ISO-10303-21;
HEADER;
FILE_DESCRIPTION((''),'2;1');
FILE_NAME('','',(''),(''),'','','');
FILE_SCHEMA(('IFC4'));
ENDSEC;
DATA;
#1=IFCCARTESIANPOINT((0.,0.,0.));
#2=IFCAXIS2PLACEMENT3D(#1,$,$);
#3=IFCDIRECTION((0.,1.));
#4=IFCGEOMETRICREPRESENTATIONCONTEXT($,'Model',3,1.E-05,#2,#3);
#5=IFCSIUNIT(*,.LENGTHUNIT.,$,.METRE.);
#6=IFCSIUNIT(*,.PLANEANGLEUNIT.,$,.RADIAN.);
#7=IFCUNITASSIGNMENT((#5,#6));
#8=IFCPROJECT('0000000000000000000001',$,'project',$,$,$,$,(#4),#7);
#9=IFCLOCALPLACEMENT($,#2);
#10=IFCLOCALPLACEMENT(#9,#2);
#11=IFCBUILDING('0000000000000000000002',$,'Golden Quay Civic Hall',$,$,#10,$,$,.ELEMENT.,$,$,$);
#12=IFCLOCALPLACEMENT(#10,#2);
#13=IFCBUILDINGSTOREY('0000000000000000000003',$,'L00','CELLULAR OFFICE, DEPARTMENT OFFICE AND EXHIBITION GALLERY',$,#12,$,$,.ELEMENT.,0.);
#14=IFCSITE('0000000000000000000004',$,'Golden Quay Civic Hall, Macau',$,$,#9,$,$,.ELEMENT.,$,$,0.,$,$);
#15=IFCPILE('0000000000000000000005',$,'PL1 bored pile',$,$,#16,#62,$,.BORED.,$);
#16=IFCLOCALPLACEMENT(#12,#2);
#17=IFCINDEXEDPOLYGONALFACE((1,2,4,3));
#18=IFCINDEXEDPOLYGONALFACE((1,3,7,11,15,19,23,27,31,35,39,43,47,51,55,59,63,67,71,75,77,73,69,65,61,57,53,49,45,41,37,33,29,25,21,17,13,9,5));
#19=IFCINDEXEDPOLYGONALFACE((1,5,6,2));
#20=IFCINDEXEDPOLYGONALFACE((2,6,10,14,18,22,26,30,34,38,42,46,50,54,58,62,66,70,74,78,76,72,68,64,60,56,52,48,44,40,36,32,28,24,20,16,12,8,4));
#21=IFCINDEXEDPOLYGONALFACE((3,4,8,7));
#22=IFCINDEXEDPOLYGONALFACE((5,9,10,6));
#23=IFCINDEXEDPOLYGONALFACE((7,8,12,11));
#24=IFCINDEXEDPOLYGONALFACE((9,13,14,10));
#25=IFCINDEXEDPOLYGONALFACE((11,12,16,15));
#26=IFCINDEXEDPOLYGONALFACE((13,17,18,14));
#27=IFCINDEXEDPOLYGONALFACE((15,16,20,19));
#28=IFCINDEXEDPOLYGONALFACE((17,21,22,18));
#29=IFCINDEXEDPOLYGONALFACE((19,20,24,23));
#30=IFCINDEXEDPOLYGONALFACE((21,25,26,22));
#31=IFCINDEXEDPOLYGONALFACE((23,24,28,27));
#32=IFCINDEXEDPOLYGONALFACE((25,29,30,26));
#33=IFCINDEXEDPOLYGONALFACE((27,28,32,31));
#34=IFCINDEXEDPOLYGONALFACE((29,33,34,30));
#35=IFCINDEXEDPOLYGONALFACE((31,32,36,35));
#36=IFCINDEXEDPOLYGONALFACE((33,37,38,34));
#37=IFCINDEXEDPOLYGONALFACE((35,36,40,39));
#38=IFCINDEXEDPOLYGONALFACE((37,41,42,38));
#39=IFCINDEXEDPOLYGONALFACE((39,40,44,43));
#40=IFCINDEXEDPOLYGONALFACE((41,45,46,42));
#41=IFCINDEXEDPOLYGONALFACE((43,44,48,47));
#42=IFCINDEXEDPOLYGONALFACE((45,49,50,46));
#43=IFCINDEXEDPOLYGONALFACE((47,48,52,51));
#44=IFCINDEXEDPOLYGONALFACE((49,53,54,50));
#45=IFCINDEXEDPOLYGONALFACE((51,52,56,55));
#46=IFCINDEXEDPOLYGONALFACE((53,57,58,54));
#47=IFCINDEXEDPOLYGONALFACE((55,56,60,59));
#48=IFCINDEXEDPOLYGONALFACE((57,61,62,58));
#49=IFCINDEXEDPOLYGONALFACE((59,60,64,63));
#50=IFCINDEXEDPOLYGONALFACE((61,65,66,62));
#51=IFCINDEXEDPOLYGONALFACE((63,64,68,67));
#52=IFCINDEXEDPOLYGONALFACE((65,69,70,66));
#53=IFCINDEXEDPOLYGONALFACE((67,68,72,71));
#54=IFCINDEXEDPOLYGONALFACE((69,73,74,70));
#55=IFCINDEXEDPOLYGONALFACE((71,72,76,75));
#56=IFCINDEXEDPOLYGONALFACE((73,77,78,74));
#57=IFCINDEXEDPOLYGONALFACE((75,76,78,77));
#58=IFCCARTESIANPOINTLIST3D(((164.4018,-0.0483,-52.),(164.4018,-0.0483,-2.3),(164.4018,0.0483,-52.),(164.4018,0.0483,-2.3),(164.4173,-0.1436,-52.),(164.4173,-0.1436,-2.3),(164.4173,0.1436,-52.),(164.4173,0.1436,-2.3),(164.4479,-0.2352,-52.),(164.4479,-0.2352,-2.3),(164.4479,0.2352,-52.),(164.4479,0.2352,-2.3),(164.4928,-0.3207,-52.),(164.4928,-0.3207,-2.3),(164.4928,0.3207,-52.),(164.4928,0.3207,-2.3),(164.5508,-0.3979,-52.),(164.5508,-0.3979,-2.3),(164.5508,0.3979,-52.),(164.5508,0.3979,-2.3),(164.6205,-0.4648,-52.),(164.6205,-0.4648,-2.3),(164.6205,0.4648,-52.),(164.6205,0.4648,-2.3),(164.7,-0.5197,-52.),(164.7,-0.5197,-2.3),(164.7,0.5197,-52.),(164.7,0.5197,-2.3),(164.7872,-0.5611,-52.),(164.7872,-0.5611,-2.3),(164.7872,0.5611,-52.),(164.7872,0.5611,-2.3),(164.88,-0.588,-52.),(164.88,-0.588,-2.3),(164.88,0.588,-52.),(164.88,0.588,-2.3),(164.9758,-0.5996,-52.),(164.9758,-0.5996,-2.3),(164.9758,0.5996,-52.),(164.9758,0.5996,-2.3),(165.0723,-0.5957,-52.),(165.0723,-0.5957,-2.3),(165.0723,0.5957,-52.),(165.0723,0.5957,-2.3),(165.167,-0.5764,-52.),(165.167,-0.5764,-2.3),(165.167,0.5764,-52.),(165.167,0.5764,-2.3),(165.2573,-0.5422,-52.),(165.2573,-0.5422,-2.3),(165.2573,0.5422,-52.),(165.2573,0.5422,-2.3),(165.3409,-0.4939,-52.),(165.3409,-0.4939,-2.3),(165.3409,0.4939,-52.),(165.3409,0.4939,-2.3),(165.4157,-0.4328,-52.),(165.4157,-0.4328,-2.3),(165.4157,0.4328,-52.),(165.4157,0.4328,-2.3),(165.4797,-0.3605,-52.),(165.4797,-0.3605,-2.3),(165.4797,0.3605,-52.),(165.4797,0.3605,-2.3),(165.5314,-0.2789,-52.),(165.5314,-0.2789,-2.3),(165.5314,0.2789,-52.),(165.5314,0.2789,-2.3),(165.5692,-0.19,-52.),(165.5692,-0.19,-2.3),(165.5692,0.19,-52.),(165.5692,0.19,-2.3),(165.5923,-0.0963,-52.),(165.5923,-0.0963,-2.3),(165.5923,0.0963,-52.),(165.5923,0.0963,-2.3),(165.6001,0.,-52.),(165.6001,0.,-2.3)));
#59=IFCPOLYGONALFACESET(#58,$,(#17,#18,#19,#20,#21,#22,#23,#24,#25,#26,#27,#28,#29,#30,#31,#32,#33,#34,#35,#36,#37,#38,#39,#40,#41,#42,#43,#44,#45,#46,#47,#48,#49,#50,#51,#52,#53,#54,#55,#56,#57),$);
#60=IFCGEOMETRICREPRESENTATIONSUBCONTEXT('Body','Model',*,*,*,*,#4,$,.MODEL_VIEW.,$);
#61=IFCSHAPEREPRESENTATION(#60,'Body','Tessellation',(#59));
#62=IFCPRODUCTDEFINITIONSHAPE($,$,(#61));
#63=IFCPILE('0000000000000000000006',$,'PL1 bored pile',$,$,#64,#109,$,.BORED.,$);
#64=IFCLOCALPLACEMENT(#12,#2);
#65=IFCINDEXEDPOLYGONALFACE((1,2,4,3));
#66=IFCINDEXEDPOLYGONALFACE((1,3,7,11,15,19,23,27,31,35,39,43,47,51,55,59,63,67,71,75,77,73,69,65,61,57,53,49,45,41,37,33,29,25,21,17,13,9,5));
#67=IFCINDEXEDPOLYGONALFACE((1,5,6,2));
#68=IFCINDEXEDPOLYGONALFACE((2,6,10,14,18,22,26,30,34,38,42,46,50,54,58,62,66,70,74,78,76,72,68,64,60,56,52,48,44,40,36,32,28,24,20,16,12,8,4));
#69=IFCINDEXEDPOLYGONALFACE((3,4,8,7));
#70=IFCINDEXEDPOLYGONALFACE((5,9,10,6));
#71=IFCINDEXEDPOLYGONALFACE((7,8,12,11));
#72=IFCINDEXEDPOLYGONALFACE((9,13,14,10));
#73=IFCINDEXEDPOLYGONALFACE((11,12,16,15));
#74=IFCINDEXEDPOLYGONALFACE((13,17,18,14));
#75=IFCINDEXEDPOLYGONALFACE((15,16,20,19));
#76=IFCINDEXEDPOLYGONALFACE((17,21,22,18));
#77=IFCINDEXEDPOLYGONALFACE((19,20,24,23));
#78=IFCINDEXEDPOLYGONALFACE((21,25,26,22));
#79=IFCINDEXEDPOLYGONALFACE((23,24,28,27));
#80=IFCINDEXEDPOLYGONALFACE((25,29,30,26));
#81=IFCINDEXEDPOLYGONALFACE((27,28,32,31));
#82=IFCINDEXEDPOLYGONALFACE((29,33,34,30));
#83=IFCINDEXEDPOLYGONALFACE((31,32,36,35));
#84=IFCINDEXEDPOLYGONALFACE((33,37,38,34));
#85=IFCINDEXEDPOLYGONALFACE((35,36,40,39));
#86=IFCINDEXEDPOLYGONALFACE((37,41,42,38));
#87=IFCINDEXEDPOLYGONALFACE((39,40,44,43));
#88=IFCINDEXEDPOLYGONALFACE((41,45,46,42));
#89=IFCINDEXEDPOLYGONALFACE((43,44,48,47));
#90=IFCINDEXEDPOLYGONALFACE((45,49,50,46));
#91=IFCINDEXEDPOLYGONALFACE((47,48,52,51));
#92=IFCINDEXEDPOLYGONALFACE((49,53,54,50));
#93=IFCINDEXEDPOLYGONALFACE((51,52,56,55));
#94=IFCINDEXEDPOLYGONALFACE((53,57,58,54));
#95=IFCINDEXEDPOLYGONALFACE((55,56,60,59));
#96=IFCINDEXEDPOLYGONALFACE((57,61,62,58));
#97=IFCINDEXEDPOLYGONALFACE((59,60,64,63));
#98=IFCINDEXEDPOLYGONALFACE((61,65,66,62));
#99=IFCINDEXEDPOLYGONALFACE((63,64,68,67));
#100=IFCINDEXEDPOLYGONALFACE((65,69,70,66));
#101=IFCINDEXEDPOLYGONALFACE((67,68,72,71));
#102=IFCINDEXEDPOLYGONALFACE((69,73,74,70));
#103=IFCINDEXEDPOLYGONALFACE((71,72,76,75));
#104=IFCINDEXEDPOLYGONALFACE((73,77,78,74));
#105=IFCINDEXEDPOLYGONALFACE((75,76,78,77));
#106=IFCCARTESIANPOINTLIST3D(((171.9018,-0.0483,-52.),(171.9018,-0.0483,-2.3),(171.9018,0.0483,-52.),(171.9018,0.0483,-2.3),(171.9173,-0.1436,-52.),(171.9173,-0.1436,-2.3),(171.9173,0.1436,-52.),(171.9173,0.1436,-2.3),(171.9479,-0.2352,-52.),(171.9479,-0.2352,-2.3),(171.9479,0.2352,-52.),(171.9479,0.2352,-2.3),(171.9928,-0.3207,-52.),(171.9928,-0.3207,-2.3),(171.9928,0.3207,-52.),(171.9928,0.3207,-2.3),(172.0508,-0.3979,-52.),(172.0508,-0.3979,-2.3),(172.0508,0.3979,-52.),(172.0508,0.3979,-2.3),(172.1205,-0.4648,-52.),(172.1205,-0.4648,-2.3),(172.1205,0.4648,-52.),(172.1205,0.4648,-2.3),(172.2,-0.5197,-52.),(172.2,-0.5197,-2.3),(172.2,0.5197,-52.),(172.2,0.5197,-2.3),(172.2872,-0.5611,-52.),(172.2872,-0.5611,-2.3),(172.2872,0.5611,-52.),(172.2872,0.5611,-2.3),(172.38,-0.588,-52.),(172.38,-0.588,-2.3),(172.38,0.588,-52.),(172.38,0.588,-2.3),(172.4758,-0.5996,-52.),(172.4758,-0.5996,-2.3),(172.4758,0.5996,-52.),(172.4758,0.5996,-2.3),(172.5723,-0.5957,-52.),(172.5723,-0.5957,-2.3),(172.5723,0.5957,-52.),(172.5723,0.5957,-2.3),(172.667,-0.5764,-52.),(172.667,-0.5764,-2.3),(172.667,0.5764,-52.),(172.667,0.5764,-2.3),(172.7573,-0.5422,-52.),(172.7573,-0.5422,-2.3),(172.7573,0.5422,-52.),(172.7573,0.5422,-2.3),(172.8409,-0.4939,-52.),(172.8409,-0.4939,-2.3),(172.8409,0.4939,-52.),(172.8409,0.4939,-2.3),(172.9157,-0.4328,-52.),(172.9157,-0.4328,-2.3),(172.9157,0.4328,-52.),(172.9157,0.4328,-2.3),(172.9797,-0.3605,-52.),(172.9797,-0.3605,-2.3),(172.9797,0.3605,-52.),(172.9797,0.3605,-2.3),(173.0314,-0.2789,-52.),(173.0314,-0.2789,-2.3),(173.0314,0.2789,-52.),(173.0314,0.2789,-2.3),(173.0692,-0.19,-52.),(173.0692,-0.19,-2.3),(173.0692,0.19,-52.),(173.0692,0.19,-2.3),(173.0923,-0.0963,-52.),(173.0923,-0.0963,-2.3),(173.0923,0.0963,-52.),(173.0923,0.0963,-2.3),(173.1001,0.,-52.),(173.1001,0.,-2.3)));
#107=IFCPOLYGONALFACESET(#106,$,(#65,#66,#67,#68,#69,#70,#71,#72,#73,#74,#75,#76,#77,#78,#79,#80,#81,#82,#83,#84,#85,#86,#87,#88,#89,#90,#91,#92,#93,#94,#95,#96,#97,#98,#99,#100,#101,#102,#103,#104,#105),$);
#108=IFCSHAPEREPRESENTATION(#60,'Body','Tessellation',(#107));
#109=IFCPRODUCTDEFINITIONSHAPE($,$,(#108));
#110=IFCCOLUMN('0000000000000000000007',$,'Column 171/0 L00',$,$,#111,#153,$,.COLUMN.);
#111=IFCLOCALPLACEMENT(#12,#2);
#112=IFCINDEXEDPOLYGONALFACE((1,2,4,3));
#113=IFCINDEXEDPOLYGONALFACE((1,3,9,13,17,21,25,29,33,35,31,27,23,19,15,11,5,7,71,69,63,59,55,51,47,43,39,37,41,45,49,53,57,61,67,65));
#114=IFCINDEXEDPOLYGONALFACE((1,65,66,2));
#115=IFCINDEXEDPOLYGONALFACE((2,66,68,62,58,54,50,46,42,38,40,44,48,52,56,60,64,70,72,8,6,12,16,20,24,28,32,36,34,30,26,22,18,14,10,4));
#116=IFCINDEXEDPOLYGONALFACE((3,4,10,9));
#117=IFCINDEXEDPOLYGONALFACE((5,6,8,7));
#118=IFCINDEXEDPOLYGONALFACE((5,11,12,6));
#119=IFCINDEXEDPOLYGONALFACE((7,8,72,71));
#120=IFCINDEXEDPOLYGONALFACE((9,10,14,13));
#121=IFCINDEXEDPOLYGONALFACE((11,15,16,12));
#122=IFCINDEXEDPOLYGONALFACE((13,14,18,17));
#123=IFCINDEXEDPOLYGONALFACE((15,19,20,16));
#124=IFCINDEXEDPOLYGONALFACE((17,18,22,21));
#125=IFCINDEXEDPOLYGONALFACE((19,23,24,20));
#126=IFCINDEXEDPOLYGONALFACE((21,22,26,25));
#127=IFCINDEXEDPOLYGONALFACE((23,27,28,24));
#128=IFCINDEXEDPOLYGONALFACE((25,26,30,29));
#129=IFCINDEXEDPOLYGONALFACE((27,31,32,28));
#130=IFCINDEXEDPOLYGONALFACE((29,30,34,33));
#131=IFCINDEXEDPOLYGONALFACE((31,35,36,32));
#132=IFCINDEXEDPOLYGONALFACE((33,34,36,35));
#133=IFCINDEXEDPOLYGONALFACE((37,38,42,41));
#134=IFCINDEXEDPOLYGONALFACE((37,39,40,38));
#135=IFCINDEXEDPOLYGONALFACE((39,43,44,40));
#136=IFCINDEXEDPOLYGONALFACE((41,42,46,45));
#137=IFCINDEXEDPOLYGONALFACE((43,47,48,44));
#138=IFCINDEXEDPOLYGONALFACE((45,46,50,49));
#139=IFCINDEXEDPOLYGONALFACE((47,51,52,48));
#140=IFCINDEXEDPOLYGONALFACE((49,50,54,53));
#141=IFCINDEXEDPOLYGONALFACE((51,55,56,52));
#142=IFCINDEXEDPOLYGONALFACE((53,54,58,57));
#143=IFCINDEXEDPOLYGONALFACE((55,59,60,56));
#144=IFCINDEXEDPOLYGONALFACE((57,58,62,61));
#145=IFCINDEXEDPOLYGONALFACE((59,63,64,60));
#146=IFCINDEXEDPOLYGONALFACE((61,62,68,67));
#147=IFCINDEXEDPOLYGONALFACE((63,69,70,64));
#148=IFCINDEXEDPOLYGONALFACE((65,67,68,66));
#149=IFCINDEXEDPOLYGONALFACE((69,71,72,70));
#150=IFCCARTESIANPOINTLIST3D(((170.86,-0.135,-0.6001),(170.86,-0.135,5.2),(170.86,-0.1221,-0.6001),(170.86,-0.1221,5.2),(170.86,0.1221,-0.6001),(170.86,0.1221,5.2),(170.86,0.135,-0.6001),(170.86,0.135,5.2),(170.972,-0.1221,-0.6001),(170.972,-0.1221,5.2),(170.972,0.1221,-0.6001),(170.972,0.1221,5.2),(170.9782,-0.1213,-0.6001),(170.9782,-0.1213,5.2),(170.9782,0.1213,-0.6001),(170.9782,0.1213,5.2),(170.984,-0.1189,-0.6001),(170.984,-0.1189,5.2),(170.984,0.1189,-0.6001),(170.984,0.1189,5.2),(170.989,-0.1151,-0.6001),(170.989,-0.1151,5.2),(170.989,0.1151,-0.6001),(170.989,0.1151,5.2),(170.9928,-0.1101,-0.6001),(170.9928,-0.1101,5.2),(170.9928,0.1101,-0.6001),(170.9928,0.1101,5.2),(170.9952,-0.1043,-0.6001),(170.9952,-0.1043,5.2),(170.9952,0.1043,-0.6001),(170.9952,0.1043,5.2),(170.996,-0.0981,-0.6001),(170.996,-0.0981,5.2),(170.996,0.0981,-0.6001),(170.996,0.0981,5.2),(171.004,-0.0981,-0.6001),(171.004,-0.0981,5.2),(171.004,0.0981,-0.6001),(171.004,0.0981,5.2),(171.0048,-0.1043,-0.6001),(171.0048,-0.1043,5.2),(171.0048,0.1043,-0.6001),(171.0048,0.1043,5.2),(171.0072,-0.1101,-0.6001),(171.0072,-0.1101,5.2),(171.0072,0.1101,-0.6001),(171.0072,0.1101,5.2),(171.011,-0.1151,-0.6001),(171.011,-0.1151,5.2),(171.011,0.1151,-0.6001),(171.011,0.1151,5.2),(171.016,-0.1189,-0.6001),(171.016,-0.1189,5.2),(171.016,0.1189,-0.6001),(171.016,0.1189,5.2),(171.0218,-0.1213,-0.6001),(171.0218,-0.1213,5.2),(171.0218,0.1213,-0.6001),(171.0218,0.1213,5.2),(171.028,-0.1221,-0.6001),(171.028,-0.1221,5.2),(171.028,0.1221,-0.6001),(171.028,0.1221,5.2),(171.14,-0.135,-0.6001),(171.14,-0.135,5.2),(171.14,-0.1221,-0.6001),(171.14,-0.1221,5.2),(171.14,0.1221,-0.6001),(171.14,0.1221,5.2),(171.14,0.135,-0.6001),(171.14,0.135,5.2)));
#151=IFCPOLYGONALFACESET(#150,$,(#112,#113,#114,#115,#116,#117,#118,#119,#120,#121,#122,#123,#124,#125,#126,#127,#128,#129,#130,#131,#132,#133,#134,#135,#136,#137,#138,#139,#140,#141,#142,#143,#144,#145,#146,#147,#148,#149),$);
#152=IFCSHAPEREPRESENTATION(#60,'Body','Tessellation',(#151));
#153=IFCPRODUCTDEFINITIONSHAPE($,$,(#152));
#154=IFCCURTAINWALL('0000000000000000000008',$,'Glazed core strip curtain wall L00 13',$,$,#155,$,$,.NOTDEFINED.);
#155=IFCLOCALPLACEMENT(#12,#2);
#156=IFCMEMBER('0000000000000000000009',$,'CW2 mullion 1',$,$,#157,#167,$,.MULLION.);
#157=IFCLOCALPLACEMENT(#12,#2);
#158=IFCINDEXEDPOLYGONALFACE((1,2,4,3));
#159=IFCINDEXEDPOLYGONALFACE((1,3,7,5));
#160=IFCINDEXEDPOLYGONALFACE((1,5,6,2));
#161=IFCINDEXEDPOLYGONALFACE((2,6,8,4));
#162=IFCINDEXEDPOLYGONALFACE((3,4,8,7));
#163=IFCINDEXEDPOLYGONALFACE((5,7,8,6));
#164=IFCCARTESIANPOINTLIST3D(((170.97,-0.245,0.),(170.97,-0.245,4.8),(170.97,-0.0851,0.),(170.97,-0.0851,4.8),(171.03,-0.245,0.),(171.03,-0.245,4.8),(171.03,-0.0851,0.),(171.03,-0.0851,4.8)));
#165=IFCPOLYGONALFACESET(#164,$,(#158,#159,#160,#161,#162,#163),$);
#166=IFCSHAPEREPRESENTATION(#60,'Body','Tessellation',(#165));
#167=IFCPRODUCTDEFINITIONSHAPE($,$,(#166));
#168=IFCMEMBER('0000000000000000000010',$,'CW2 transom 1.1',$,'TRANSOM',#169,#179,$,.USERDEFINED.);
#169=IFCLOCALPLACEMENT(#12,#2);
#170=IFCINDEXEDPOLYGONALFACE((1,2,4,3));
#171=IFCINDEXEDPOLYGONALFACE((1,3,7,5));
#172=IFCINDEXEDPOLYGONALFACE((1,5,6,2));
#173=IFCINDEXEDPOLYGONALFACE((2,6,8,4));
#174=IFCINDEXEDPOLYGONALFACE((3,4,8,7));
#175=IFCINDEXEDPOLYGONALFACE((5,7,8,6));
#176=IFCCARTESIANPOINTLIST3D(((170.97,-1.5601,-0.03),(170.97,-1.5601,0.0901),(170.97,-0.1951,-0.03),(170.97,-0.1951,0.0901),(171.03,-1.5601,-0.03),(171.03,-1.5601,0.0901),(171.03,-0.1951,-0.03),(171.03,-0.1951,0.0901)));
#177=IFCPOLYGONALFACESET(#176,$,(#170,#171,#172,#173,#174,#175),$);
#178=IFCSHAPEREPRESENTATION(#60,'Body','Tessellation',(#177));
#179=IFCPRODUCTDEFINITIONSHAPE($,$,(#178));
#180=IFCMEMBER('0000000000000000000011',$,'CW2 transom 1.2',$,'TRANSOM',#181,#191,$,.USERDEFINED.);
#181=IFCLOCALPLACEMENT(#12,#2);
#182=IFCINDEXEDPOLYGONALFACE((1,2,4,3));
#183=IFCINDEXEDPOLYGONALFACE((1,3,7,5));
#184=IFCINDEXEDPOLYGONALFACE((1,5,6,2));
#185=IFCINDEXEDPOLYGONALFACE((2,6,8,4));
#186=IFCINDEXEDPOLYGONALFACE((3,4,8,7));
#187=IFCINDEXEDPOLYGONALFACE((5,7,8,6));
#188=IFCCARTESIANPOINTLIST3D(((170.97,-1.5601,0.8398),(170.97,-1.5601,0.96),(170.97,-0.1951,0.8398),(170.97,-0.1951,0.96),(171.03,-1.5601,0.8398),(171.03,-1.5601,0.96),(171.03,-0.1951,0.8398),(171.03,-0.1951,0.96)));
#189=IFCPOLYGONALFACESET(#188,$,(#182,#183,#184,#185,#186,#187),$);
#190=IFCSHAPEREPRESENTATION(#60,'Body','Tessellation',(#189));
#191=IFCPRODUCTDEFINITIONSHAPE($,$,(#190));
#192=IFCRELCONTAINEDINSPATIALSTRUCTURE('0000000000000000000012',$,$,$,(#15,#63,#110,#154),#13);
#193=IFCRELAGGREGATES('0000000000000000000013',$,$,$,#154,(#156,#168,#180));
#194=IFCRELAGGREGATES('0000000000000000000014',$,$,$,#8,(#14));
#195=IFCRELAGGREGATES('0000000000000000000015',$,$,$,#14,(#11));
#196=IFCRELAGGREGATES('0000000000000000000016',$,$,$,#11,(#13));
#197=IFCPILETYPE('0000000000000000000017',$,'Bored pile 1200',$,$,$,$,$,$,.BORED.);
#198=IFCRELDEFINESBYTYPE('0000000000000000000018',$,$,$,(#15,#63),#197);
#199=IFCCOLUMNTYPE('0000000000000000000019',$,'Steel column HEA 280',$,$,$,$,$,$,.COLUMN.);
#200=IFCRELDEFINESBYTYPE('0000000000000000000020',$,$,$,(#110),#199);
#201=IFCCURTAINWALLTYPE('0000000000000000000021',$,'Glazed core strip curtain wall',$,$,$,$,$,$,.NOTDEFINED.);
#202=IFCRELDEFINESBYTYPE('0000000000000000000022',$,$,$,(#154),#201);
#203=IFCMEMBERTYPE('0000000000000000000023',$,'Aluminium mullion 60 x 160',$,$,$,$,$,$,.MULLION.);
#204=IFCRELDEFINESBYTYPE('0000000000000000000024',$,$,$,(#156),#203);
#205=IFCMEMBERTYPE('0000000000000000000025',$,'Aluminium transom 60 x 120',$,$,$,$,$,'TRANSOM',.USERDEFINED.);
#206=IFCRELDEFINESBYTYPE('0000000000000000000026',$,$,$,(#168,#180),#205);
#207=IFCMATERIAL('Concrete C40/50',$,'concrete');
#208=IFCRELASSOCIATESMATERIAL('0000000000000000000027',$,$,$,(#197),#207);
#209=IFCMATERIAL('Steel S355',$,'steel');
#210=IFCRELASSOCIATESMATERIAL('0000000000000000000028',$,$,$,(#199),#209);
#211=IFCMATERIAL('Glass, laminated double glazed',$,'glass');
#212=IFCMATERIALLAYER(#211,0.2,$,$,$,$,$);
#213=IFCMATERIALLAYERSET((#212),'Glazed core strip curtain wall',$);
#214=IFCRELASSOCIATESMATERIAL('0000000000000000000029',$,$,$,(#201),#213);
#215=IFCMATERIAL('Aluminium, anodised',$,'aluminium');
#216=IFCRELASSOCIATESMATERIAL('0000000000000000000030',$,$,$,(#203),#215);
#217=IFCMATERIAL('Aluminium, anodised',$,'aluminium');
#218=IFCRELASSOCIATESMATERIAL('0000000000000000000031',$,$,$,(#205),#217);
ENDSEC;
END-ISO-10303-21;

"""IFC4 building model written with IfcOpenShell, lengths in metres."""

from ifc_helpers import new_model, si_unit, direction, frame, origin, origin_2d, place, context, subcontext, project, spatial, rectangle, circle, i_section, extrude, material, layer, layer_set, material_profile, profile_set, type_object, element, aggregate, save


model = new_model("IFC4")

# Units and contexts
model_context = context("Model", 3, precision=1e-05, world=origin(), true_north=direction((0.0, 1.0)))
body_context = subcontext(model_context, "Body", "Model", "MODEL_VIEW")
ifc_project = project(units=[si_unit("LENGTHUNIT", "METRE"), si_unit("PLANEANGLEUNIT", "RADIAN")], contexts=[model_context])

# Site, building, storey
site_placement = place(None, origin())
site = spatial("IfcSite", under=ifc_project, at=site_placement, Name="Golden Quay Civic Hall, Macau", CompositionType="ELEMENT", RefElevation=0.0)
building_placement = place(site_placement, origin())
building = spatial("IfcBuilding", under=site, at=building_placement, Name="Golden Quay Civic Hall", CompositionType="ELEMENT")
storey_placement = place(building_placement, origin())
storey = spatial("IfcBuildingStorey", under=building, at=storey_placement, Name="L00", Description="CELLULAR OFFICE, DEPARTMENT OFFICE AND EXHIBITION GALLERY", CompositionType="ELEMENT", Elevation=0.0)

# Piles
ifc_material_1 = material(Name="Concrete C40/50", Category="concrete")
ifc_material_profile_1 = material_profile(ifc_material_1, circle(Radius=0.6001, at=origin_2d()), Name="RC D1200")
ifc_profile_set_1 = profile_set([ifc_material_profile_1], Name="Concrete C40/50")
pile_type = type_object("IfcPileType", Name="Bored pile 1200", PredefinedType="BORED", material=ifc_profile_set_1)
for number, where, z_axis, x_axis, name in (
    (1, (165.0, 0.0, -2.3), (0.0, 0.0, -1.0), (1.0, 0.0, 0.0), "PL1 bored pile"),
    (2, (172.5, 0.0, -2.3), (0.0, 0.0, -1.0), (1.0, 0.0, 0.0), "PL1 bored pile"),
):
    element("IfcPile", number, at=place(storey_placement, frame(where, z_axis=z_axis, x_axis=x_axis)), inside=storey, type_object=pile_type, Name=name, PredefinedType="BORED", context=body_context, shape_type="SweptSolid", body=[
        extrude(circle(Radius=0.6001, at=origin_2d()), origin(), (0.0, 0.0, 1.0), 49.7),
    ])

# Column
ifc_material_2 = material(Name="Steel S355", Category="steel")
ifc_material_profile_2 = material_profile(ifc_material_2, i_section(OverallWidth=0.28, OverallDepth=0.27, WebThickness=0.0081, FlangeThickness=0.0129, FilletRadius=0.0239, at=origin_2d()), Name="HEA 280")
ifc_profile_set_2 = profile_set([ifc_material_profile_2], Name="Steel S355")
column_type = type_object("IfcColumnType", Name="Steel column HEA 280", PredefinedType="COLUMN", material=ifc_profile_set_2)
column_placement = place(storey_placement, frame((171.0, 0.0, -0.6001), z_axis=(0.0, 0.0, 1.0), x_axis=(1.0, 0.0, 0.0)))
element("IfcColumn", 3, at=column_placement, inside=storey, type_object=column_type, Name="Column 171/0 L00", PredefinedType="COLUMN", context=body_context, shape_type="SweptSolid", body=[
    extrude(i_section(OverallWidth=0.28, OverallDepth=0.27, WebThickness=0.0081, FlangeThickness=0.0129, FilletRadius=0.0239, at=origin_2d()), origin(), (0.0, 0.0, 1.0), 5.8),
])

# Curtain wall, members
ifc_material_3 = material(Name="Glass, laminated double glazed", Category="glass")
ifc_layer_1 = layer(ifc_material_3, 0.2)
ifc_layer_set_1 = layer_set([ifc_layer_1], Name="Glazed core strip curtain wall")
curtain_wall_type = type_object("IfcCurtainWallType", Name="Glazed core strip curtain wall", PredefinedType="NOTDEFINED", material=ifc_layer_set_1)
curtain_wall_placement = place(storey_placement, origin())
curtain_wall = element("IfcCurtainWall", 4, at=curtain_wall_placement, inside=storey, type_object=curtain_wall_type, Name="Glazed core strip curtain wall L00 13", PredefinedType="NOTDEFINED")
ifc_material_4 = material(Name="Aluminium, anodised", Category="aluminium")
ifc_material_profile_3 = material_profile(ifc_material_4, rectangle(XDim=0.0601, YDim=0.1599, at=origin_2d()), Name="Aluminium 60 x 160")
ifc_profile_set_3 = profile_set([ifc_material_profile_3], Name="Aluminium, anodised")
member_type_1 = type_object("IfcMemberType", Name="Aluminium mullion 60 x 160", PredefinedType="MULLION", material=ifc_profile_set_3)
member_1_placement = place(storey_placement, frame((171.0, -0.165, 0.0), z_axis=(0.0, 0.0, 1.0), x_axis=(1.0, 0.0, 0.0)))
member_1 = element("IfcMember", 5, at=member_1_placement, type_object=member_type_1, Name="CW2 mullion 1", PredefinedType="MULLION", context=body_context, shape_type="SweptSolid", body=[
    extrude(rectangle(XDim=0.0601, YDim=0.1599, at=origin_2d()), origin(), (0.0, 0.0, 1.0), 4.8),
])
ifc_material_5 = material(Name="Aluminium, anodised", Category="aluminium")
ifc_material_profile_4 = material_profile(ifc_material_5, rectangle(XDim=0.0601, YDim=0.1201, at=origin_2d()), Name="Aluminium 60 x 120")
ifc_profile_set_4 = profile_set([ifc_material_profile_4], Name="Aluminium, anodised")
member_type_2 = type_object("IfcMemberType", Name="Aluminium transom 60 x 120", ElementType="TRANSOM", PredefinedType="USERDEFINED", material=ifc_profile_set_4)
member_2_placement = place(storey_placement, frame((171.0, -0.1951, 0.03), z_axis=(0.0, -1.0, 0.0), x_axis=(1.0, 0.0, 0.0)))
member_2 = element("IfcMember", 6, at=member_2_placement, type_object=member_type_2, Name="CW2 transom 1.1", ObjectType="TRANSOM", PredefinedType="USERDEFINED", context=body_context, shape_type="SweptSolid", body=[
    extrude(rectangle(XDim=0.0601, YDim=0.1201, at=origin_2d()), origin(), (0.0, 0.0, 1.0), 1.365),
])
member_3_placement = place(storey_placement, frame((171.0, -0.1951, 0.8999), z_axis=(0.0, -1.0, 0.0), x_axis=(1.0, 0.0, 0.0)))
member_3 = element("IfcMember", 7, at=member_3_placement, type_object=member_type_2, Name="CW2 transom 1.2", ObjectType="TRANSOM", PredefinedType="USERDEFINED", context=body_context, shape_type="SweptSolid", body=[
    extrude(rectangle(XDim=0.0601, YDim=0.1201, at=origin_2d()), origin(), (0.0, 0.0, 1.0), 1.365),
])
aggregate(curtain_wall, [member_1, member_2, member_3])

save(model, "model.ifc")
